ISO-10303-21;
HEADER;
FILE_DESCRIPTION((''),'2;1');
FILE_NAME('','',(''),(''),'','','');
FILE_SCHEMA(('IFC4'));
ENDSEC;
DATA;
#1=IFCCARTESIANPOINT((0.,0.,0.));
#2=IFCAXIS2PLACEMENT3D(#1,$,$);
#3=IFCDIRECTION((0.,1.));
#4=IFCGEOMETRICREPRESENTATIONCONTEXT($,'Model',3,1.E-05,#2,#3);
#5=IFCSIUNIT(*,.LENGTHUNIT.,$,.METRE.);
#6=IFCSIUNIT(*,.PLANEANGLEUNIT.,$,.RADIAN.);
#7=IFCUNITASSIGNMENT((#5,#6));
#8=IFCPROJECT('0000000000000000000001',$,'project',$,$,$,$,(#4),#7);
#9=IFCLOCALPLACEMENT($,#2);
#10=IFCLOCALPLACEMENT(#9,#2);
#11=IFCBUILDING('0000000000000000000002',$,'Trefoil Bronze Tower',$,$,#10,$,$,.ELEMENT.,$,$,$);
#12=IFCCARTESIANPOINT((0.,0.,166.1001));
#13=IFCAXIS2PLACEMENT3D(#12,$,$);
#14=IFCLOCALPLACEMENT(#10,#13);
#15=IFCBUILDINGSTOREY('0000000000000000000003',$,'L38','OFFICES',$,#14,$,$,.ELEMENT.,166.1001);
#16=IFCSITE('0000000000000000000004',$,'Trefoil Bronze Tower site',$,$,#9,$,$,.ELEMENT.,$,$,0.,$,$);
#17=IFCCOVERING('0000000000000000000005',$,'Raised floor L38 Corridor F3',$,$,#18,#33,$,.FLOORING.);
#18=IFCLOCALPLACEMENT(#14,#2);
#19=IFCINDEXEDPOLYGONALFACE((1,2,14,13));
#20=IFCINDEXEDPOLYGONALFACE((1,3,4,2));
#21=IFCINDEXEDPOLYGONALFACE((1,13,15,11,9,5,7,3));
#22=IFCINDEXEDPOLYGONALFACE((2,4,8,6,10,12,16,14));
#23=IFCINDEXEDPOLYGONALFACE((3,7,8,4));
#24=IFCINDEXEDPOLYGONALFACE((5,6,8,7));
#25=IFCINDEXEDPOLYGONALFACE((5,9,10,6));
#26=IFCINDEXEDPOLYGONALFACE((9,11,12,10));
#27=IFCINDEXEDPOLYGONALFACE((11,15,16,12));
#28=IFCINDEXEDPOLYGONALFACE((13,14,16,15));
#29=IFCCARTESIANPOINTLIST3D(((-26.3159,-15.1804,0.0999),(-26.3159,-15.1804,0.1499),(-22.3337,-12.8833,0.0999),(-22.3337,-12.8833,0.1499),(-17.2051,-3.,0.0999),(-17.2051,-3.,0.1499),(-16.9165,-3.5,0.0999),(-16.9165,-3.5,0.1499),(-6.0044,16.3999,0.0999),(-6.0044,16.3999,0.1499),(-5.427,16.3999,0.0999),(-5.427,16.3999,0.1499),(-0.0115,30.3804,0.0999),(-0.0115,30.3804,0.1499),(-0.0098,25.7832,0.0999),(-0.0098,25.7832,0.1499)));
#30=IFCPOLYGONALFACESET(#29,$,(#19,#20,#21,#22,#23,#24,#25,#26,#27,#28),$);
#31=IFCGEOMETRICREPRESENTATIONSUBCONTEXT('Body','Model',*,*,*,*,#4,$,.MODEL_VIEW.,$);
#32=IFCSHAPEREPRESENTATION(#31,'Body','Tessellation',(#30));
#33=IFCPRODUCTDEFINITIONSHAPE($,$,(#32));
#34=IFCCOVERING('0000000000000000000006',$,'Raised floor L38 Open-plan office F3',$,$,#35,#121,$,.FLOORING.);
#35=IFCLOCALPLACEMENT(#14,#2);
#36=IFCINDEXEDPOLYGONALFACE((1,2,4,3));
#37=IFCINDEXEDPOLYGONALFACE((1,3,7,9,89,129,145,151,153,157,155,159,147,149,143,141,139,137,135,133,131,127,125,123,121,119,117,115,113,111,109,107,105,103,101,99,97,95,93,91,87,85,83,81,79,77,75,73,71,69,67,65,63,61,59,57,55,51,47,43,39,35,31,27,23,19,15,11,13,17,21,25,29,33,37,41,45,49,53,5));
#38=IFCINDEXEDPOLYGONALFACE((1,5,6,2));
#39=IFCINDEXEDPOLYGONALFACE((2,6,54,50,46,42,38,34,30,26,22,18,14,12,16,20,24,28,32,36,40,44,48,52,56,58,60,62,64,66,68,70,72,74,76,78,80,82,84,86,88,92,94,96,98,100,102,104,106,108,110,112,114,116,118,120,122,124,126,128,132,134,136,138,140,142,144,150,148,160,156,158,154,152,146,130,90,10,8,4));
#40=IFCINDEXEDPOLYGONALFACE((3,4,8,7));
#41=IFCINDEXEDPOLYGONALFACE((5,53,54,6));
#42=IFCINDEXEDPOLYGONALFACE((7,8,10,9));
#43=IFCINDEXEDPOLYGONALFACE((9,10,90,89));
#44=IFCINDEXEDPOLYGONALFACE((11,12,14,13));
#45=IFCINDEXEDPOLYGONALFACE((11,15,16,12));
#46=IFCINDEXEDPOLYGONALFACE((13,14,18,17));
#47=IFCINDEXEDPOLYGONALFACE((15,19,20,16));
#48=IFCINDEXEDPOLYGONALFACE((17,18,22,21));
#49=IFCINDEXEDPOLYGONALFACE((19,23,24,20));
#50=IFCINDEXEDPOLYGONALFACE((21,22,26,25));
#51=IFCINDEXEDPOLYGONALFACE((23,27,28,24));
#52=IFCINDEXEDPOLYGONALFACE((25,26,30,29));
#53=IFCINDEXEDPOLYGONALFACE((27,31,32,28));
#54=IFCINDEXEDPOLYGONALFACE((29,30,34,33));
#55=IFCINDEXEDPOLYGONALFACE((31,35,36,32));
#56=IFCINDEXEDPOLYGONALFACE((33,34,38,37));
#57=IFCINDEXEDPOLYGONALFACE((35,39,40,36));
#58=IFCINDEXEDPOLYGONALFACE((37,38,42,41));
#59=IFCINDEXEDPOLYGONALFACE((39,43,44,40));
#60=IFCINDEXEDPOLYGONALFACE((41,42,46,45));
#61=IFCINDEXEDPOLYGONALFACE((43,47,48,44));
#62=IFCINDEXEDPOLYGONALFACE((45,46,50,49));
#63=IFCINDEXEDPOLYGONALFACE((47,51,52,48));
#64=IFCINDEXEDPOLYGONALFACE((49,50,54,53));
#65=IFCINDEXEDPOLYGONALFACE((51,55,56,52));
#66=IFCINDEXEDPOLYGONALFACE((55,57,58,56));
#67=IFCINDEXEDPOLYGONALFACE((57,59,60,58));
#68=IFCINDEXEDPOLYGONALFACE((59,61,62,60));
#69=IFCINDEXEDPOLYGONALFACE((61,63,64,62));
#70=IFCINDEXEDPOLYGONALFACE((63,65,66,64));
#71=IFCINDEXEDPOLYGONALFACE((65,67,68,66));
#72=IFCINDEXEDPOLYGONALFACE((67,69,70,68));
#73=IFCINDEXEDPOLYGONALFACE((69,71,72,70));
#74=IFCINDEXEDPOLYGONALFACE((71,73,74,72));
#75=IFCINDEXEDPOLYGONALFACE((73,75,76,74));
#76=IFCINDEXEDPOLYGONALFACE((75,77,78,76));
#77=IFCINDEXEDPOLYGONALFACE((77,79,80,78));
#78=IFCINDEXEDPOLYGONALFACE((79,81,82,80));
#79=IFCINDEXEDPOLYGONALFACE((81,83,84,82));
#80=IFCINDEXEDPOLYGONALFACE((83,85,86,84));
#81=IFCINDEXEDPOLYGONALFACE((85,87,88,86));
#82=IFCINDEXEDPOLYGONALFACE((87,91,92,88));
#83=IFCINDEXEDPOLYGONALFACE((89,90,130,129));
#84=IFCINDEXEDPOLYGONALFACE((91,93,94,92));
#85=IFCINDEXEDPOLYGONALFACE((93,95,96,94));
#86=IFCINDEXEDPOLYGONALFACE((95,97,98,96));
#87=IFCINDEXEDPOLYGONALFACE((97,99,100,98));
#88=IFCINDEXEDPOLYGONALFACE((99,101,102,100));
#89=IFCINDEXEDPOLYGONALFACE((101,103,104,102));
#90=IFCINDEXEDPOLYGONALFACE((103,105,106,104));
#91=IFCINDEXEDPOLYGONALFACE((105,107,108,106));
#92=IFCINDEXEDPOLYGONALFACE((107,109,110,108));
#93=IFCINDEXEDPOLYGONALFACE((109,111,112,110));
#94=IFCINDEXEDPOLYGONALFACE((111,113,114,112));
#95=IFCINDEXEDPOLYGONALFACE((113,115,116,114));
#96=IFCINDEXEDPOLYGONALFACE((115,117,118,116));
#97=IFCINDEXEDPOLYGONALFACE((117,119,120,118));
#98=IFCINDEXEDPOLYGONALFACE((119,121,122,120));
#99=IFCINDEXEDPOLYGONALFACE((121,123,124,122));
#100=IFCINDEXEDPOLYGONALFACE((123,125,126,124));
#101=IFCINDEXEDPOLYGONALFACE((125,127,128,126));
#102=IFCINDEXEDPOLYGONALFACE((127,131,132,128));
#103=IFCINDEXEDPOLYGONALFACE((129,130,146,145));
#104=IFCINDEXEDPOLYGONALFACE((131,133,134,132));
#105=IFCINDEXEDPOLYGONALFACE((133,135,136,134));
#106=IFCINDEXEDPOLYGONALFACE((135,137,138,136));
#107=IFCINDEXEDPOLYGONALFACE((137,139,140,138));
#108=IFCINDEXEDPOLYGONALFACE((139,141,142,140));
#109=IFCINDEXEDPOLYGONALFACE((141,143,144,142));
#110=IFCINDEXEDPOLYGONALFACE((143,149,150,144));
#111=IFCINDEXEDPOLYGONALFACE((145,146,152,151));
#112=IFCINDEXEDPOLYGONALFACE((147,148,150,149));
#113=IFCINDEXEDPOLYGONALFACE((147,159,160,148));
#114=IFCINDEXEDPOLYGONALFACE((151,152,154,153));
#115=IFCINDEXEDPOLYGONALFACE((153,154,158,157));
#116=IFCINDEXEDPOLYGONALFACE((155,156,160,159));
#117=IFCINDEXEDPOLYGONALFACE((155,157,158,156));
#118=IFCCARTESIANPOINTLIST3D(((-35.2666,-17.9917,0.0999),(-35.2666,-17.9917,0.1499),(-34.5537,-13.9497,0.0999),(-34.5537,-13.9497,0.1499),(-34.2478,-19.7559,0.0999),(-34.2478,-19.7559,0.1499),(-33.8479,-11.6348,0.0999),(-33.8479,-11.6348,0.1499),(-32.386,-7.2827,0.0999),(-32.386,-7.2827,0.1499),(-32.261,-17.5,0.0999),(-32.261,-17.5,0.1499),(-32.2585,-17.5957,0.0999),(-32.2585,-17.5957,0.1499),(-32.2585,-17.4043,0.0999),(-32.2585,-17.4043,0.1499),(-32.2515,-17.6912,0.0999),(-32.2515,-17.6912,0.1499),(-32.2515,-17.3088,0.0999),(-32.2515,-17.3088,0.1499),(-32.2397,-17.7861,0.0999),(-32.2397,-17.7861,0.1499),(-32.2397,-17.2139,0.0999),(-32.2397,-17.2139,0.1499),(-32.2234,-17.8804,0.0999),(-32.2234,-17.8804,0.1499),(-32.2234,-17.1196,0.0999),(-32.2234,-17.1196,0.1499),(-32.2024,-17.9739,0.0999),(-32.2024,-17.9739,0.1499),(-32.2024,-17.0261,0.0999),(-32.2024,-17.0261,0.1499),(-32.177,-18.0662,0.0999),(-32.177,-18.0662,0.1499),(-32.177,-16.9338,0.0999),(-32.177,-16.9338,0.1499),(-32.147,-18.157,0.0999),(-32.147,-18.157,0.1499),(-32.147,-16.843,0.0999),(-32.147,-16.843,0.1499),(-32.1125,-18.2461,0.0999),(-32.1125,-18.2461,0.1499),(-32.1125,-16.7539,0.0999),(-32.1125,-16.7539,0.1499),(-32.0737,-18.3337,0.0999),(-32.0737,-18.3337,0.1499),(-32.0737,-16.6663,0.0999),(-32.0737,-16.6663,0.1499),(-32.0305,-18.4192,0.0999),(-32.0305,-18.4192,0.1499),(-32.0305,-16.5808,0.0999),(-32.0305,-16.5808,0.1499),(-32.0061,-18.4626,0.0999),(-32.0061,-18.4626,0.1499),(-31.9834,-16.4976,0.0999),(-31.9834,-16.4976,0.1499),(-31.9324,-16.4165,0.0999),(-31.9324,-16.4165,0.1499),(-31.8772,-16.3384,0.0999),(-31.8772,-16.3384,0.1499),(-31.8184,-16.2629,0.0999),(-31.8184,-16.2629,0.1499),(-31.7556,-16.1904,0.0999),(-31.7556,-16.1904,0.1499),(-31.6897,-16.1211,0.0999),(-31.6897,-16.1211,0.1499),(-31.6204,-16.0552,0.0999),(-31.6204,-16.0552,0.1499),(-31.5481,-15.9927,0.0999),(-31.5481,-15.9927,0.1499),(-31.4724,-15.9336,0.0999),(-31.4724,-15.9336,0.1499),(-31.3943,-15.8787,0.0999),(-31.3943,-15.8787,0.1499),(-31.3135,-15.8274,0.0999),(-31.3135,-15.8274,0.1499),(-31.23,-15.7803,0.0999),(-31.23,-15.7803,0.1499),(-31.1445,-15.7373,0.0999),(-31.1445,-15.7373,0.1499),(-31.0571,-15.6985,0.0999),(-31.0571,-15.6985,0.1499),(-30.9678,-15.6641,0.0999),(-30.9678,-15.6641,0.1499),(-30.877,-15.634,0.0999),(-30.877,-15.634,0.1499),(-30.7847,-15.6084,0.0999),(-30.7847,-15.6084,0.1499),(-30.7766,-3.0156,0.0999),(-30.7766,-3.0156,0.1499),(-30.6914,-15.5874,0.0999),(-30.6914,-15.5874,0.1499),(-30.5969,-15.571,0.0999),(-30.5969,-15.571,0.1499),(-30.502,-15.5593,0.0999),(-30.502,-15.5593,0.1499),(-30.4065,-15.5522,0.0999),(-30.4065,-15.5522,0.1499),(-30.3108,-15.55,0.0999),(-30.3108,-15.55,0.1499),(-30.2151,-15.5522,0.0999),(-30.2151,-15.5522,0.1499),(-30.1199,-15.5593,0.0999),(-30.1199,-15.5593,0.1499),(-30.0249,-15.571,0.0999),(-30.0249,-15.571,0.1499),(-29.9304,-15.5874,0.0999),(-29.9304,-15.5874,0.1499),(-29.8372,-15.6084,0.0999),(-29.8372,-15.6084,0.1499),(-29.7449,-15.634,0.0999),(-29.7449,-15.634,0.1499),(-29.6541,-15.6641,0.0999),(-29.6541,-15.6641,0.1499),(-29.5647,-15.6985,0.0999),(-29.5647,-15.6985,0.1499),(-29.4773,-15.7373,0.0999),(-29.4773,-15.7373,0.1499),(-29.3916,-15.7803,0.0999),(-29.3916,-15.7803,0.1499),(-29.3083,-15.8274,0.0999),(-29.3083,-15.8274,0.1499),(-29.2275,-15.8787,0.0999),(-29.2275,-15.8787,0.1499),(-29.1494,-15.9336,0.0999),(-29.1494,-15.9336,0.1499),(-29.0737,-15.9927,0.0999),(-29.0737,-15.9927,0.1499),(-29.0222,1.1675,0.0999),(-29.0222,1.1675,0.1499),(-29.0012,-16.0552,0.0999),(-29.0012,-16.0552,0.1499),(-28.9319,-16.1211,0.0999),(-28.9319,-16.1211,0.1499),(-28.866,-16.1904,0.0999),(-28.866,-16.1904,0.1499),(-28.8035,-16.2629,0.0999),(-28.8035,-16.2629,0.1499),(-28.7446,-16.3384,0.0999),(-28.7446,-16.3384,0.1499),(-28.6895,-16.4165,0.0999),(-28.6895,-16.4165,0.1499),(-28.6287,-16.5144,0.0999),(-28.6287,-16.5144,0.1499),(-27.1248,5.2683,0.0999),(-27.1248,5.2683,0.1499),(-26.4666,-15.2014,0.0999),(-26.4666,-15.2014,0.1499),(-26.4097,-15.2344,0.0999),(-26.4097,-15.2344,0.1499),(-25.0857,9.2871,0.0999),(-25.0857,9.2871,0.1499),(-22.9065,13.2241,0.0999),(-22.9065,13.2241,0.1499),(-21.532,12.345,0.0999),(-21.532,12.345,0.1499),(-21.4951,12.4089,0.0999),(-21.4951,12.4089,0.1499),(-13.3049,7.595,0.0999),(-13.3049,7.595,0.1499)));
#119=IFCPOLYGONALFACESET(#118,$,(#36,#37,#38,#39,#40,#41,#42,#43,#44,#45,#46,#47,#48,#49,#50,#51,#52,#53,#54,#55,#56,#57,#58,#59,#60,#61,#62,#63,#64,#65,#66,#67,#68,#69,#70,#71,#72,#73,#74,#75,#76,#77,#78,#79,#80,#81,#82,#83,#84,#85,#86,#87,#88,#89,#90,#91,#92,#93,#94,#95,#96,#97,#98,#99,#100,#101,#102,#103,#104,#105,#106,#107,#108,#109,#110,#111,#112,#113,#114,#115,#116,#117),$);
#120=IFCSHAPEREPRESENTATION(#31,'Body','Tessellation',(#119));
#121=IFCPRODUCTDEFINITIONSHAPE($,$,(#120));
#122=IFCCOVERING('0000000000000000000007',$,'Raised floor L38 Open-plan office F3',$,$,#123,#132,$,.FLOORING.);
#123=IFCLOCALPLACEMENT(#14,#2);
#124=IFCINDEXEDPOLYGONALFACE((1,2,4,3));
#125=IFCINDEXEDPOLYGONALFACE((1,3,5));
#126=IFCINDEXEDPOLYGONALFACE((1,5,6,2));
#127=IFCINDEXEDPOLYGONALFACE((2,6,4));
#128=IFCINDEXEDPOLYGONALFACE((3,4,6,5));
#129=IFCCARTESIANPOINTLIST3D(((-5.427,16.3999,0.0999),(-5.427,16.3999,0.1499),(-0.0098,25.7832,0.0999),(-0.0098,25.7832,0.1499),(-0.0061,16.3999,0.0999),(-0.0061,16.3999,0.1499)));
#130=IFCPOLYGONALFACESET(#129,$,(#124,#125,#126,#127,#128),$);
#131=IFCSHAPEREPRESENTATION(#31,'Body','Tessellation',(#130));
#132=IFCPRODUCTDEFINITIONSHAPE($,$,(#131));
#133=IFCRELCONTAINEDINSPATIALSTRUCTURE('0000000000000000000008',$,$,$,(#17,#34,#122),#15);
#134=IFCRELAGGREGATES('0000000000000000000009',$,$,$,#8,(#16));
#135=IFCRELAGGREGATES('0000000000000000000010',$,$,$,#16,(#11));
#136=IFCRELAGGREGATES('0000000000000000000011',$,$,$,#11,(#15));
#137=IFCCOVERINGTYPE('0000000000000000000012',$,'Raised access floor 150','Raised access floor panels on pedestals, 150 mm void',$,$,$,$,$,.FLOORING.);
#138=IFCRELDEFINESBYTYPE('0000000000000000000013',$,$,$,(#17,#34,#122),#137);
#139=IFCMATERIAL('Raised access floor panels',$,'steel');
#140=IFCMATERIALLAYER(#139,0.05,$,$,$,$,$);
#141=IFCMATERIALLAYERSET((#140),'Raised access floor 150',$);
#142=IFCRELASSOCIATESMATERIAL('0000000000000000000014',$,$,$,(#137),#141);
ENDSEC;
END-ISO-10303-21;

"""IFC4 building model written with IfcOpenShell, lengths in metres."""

from ifc_helpers import new_model, si_unit, direction, frame, origin, place, context, subcontext, project, spatial, polyline, outline, extrude, material, layer, layer_set, type_object, element, save


model = new_model("IFC4")

# Units and contexts
model_context = context("Model", 3, precision=1e-05, world=origin(), true_north=direction((0.0, 1.0)))
body_context = subcontext(model_context, "Body", "Model", "MODEL_VIEW")
ifc_project = project(units=[si_unit("LENGTHUNIT", "METRE"), si_unit("PLANEANGLEUNIT", "RADIAN")], contexts=[model_context])

# Site, building, storey
site_placement = place(None, origin())
site = spatial("IfcSite", under=ifc_project, at=site_placement, Name="Trefoil Bronze Tower site", CompositionType="ELEMENT", RefElevation=0.0)
building_placement = place(site_placement, origin())
building = spatial("IfcBuilding", under=site, at=building_placement, Name="Trefoil Bronze Tower", CompositionType="ELEMENT")
storey_placement = place(building_placement, frame((0.0, 0.0, 166.1001)))
storey = spatial("IfcBuildingStorey", under=building, at=storey_placement, Name="L38", Description="OFFICES", CompositionType="ELEMENT", Elevation=166.1001)

# Coverings
ifc_material_1 = material(Name="Raised access floor panels", Category="steel")
ifc_layer_1 = layer(ifc_material_1, 0.05)
ifc_layer_set_1 = layer_set([ifc_layer_1], Name="Raised access floor 150")
covering_type_1 = type_object("IfcCoveringType", Name="Raised access floor 150", Description="Raised access floor panels on pedestals, 150 mm void", PredefinedType="FLOORING", material=ifc_layer_set_1)
covering_1_placement = place(storey_placement, frame((0.0, 0.0, 0.0999)))
element("IfcCovering", 1, at=covering_1_placement, inside=storey, type_object=covering_type_1, Name="Raised floor L38 Corridor F3", PredefinedType="FLOORING", context=body_context, shape_type="SweptSolid", body=[
    extrude(outline(polyline([(-0.0115, 30.3804), (-0.0098, 25.7832), (-5.427, 16.3999), (-6.0044, 16.3999), (-17.2051, -3.0), (-16.9165, -3.5), (-22.3337, -12.8833), (-26.3159, -15.1804), (-0.0115, 30.3804)])), origin(), (0.0, 0.0, 1.0), 0.05),
])
covering_2_placement = place(storey_placement, frame((0.0, 0.0, 0.0999)))
element("IfcCovering", 2, at=covering_2_placement, inside=storey, type_object=covering_type_1, Name="Raised floor L38 Open-plan office F3", PredefinedType="FLOORING", context=body_context, shape_type="SweptSolid", body=[
    extrude(outline(polyline([(-30.7766, -3.0156), (-29.0222, 1.1675), (-27.1248, 5.2683), (-25.0857, 9.2871), (-22.9065, 13.2241), (-21.4951, 12.4089), (-21.532, 12.345), (-13.3049, 7.595), (-26.4666, -15.2014), (-26.4097, -15.2344), (-28.6287, -16.5144), (-28.6895, -16.4165), (-28.7446, -16.3384), (-28.8035, -16.2629), (-28.866, -16.1904), (-28.9319, -16.1211), (-29.0012, -16.0552), (-29.0737, -15.9927), (-29.1494, -15.9336), (-29.2275, -15.8787), (-29.3083, -15.8274), (-29.3916, -15.7803), (-29.4773, -15.7373), (-29.5647, -15.6985), (-29.6541, -15.6641), (-29.7449, -15.634), (-29.8372, -15.6084), (-29.9304, -15.5874), (-30.0249, -15.571), (-30.1199, -15.5593), (-30.2151, -15.5522), (-30.3108, -15.55), (-30.4065, -15.5522), (-30.502, -15.5593), (-30.5969, -15.571), (-30.6914, -15.5874), (-30.7847, -15.6084), (-30.877, -15.634), (-30.9678, -15.6641), (-31.0571, -15.6985), (-31.1445, -15.7373), (-31.23, -15.7803), (-31.3135, -15.8274), (-31.3943, -15.8787), (-31.4724, -15.9336), (-31.5481, -15.9927), (-31.6204, -16.0552), (-31.6897, -16.1211), (-31.7556, -16.1904), (-31.8184, -16.2629), (-31.8772, -16.3384), (-31.9324, -16.4165), (-31.9834, -16.4976), (-32.0305, -16.5808), (-32.0737, -16.6663), (-32.1125, -16.7539), (-32.147, -16.843), (-32.177, -16.9338), (-32.2024, -17.0261), (-32.2234, -17.1196), (-32.2397, -17.2139), (-32.2515, -17.3088), (-32.2585, -17.4043), (-32.261, -17.5), (-32.2585, -17.5957), (-32.2515, -17.6912), (-32.2397, -17.7861), (-32.2234, -17.8804), (-32.2024, -17.9739), (-32.177, -18.0662), (-32.147, -18.157), (-32.1125, -18.2461), (-32.0737, -18.3337), (-32.0305, -18.4192), (-32.0061, -18.4626), (-34.2478, -19.7559), (-35.2666, -17.9917), (-34.5537, -13.9497), (-33.8479, -11.6348), (-32.386, -7.2827), (-30.7766, -3.0156)])), origin(), (0.0, 0.0, 1.0), 0.05),
])
covering_3_placement = place(storey_placement, frame((0.0, 0.0, 0.0999)))
element("IfcCovering", 3, at=covering_3_placement, inside=storey, type_object=covering_type_1, Name="Raised floor L38 Open-plan office F3", PredefinedType="FLOORING", context=body_context, shape_type="SweptSolid", body=[
    extrude(outline(polyline([(-0.0098, 25.7832), (-0.0061, 16.3999), (-5.427, 16.3999), (-0.0098, 25.7832)])), origin(), (0.0, 0.0, 1.0), 0.05),
])

save(model, "model.ifc")
